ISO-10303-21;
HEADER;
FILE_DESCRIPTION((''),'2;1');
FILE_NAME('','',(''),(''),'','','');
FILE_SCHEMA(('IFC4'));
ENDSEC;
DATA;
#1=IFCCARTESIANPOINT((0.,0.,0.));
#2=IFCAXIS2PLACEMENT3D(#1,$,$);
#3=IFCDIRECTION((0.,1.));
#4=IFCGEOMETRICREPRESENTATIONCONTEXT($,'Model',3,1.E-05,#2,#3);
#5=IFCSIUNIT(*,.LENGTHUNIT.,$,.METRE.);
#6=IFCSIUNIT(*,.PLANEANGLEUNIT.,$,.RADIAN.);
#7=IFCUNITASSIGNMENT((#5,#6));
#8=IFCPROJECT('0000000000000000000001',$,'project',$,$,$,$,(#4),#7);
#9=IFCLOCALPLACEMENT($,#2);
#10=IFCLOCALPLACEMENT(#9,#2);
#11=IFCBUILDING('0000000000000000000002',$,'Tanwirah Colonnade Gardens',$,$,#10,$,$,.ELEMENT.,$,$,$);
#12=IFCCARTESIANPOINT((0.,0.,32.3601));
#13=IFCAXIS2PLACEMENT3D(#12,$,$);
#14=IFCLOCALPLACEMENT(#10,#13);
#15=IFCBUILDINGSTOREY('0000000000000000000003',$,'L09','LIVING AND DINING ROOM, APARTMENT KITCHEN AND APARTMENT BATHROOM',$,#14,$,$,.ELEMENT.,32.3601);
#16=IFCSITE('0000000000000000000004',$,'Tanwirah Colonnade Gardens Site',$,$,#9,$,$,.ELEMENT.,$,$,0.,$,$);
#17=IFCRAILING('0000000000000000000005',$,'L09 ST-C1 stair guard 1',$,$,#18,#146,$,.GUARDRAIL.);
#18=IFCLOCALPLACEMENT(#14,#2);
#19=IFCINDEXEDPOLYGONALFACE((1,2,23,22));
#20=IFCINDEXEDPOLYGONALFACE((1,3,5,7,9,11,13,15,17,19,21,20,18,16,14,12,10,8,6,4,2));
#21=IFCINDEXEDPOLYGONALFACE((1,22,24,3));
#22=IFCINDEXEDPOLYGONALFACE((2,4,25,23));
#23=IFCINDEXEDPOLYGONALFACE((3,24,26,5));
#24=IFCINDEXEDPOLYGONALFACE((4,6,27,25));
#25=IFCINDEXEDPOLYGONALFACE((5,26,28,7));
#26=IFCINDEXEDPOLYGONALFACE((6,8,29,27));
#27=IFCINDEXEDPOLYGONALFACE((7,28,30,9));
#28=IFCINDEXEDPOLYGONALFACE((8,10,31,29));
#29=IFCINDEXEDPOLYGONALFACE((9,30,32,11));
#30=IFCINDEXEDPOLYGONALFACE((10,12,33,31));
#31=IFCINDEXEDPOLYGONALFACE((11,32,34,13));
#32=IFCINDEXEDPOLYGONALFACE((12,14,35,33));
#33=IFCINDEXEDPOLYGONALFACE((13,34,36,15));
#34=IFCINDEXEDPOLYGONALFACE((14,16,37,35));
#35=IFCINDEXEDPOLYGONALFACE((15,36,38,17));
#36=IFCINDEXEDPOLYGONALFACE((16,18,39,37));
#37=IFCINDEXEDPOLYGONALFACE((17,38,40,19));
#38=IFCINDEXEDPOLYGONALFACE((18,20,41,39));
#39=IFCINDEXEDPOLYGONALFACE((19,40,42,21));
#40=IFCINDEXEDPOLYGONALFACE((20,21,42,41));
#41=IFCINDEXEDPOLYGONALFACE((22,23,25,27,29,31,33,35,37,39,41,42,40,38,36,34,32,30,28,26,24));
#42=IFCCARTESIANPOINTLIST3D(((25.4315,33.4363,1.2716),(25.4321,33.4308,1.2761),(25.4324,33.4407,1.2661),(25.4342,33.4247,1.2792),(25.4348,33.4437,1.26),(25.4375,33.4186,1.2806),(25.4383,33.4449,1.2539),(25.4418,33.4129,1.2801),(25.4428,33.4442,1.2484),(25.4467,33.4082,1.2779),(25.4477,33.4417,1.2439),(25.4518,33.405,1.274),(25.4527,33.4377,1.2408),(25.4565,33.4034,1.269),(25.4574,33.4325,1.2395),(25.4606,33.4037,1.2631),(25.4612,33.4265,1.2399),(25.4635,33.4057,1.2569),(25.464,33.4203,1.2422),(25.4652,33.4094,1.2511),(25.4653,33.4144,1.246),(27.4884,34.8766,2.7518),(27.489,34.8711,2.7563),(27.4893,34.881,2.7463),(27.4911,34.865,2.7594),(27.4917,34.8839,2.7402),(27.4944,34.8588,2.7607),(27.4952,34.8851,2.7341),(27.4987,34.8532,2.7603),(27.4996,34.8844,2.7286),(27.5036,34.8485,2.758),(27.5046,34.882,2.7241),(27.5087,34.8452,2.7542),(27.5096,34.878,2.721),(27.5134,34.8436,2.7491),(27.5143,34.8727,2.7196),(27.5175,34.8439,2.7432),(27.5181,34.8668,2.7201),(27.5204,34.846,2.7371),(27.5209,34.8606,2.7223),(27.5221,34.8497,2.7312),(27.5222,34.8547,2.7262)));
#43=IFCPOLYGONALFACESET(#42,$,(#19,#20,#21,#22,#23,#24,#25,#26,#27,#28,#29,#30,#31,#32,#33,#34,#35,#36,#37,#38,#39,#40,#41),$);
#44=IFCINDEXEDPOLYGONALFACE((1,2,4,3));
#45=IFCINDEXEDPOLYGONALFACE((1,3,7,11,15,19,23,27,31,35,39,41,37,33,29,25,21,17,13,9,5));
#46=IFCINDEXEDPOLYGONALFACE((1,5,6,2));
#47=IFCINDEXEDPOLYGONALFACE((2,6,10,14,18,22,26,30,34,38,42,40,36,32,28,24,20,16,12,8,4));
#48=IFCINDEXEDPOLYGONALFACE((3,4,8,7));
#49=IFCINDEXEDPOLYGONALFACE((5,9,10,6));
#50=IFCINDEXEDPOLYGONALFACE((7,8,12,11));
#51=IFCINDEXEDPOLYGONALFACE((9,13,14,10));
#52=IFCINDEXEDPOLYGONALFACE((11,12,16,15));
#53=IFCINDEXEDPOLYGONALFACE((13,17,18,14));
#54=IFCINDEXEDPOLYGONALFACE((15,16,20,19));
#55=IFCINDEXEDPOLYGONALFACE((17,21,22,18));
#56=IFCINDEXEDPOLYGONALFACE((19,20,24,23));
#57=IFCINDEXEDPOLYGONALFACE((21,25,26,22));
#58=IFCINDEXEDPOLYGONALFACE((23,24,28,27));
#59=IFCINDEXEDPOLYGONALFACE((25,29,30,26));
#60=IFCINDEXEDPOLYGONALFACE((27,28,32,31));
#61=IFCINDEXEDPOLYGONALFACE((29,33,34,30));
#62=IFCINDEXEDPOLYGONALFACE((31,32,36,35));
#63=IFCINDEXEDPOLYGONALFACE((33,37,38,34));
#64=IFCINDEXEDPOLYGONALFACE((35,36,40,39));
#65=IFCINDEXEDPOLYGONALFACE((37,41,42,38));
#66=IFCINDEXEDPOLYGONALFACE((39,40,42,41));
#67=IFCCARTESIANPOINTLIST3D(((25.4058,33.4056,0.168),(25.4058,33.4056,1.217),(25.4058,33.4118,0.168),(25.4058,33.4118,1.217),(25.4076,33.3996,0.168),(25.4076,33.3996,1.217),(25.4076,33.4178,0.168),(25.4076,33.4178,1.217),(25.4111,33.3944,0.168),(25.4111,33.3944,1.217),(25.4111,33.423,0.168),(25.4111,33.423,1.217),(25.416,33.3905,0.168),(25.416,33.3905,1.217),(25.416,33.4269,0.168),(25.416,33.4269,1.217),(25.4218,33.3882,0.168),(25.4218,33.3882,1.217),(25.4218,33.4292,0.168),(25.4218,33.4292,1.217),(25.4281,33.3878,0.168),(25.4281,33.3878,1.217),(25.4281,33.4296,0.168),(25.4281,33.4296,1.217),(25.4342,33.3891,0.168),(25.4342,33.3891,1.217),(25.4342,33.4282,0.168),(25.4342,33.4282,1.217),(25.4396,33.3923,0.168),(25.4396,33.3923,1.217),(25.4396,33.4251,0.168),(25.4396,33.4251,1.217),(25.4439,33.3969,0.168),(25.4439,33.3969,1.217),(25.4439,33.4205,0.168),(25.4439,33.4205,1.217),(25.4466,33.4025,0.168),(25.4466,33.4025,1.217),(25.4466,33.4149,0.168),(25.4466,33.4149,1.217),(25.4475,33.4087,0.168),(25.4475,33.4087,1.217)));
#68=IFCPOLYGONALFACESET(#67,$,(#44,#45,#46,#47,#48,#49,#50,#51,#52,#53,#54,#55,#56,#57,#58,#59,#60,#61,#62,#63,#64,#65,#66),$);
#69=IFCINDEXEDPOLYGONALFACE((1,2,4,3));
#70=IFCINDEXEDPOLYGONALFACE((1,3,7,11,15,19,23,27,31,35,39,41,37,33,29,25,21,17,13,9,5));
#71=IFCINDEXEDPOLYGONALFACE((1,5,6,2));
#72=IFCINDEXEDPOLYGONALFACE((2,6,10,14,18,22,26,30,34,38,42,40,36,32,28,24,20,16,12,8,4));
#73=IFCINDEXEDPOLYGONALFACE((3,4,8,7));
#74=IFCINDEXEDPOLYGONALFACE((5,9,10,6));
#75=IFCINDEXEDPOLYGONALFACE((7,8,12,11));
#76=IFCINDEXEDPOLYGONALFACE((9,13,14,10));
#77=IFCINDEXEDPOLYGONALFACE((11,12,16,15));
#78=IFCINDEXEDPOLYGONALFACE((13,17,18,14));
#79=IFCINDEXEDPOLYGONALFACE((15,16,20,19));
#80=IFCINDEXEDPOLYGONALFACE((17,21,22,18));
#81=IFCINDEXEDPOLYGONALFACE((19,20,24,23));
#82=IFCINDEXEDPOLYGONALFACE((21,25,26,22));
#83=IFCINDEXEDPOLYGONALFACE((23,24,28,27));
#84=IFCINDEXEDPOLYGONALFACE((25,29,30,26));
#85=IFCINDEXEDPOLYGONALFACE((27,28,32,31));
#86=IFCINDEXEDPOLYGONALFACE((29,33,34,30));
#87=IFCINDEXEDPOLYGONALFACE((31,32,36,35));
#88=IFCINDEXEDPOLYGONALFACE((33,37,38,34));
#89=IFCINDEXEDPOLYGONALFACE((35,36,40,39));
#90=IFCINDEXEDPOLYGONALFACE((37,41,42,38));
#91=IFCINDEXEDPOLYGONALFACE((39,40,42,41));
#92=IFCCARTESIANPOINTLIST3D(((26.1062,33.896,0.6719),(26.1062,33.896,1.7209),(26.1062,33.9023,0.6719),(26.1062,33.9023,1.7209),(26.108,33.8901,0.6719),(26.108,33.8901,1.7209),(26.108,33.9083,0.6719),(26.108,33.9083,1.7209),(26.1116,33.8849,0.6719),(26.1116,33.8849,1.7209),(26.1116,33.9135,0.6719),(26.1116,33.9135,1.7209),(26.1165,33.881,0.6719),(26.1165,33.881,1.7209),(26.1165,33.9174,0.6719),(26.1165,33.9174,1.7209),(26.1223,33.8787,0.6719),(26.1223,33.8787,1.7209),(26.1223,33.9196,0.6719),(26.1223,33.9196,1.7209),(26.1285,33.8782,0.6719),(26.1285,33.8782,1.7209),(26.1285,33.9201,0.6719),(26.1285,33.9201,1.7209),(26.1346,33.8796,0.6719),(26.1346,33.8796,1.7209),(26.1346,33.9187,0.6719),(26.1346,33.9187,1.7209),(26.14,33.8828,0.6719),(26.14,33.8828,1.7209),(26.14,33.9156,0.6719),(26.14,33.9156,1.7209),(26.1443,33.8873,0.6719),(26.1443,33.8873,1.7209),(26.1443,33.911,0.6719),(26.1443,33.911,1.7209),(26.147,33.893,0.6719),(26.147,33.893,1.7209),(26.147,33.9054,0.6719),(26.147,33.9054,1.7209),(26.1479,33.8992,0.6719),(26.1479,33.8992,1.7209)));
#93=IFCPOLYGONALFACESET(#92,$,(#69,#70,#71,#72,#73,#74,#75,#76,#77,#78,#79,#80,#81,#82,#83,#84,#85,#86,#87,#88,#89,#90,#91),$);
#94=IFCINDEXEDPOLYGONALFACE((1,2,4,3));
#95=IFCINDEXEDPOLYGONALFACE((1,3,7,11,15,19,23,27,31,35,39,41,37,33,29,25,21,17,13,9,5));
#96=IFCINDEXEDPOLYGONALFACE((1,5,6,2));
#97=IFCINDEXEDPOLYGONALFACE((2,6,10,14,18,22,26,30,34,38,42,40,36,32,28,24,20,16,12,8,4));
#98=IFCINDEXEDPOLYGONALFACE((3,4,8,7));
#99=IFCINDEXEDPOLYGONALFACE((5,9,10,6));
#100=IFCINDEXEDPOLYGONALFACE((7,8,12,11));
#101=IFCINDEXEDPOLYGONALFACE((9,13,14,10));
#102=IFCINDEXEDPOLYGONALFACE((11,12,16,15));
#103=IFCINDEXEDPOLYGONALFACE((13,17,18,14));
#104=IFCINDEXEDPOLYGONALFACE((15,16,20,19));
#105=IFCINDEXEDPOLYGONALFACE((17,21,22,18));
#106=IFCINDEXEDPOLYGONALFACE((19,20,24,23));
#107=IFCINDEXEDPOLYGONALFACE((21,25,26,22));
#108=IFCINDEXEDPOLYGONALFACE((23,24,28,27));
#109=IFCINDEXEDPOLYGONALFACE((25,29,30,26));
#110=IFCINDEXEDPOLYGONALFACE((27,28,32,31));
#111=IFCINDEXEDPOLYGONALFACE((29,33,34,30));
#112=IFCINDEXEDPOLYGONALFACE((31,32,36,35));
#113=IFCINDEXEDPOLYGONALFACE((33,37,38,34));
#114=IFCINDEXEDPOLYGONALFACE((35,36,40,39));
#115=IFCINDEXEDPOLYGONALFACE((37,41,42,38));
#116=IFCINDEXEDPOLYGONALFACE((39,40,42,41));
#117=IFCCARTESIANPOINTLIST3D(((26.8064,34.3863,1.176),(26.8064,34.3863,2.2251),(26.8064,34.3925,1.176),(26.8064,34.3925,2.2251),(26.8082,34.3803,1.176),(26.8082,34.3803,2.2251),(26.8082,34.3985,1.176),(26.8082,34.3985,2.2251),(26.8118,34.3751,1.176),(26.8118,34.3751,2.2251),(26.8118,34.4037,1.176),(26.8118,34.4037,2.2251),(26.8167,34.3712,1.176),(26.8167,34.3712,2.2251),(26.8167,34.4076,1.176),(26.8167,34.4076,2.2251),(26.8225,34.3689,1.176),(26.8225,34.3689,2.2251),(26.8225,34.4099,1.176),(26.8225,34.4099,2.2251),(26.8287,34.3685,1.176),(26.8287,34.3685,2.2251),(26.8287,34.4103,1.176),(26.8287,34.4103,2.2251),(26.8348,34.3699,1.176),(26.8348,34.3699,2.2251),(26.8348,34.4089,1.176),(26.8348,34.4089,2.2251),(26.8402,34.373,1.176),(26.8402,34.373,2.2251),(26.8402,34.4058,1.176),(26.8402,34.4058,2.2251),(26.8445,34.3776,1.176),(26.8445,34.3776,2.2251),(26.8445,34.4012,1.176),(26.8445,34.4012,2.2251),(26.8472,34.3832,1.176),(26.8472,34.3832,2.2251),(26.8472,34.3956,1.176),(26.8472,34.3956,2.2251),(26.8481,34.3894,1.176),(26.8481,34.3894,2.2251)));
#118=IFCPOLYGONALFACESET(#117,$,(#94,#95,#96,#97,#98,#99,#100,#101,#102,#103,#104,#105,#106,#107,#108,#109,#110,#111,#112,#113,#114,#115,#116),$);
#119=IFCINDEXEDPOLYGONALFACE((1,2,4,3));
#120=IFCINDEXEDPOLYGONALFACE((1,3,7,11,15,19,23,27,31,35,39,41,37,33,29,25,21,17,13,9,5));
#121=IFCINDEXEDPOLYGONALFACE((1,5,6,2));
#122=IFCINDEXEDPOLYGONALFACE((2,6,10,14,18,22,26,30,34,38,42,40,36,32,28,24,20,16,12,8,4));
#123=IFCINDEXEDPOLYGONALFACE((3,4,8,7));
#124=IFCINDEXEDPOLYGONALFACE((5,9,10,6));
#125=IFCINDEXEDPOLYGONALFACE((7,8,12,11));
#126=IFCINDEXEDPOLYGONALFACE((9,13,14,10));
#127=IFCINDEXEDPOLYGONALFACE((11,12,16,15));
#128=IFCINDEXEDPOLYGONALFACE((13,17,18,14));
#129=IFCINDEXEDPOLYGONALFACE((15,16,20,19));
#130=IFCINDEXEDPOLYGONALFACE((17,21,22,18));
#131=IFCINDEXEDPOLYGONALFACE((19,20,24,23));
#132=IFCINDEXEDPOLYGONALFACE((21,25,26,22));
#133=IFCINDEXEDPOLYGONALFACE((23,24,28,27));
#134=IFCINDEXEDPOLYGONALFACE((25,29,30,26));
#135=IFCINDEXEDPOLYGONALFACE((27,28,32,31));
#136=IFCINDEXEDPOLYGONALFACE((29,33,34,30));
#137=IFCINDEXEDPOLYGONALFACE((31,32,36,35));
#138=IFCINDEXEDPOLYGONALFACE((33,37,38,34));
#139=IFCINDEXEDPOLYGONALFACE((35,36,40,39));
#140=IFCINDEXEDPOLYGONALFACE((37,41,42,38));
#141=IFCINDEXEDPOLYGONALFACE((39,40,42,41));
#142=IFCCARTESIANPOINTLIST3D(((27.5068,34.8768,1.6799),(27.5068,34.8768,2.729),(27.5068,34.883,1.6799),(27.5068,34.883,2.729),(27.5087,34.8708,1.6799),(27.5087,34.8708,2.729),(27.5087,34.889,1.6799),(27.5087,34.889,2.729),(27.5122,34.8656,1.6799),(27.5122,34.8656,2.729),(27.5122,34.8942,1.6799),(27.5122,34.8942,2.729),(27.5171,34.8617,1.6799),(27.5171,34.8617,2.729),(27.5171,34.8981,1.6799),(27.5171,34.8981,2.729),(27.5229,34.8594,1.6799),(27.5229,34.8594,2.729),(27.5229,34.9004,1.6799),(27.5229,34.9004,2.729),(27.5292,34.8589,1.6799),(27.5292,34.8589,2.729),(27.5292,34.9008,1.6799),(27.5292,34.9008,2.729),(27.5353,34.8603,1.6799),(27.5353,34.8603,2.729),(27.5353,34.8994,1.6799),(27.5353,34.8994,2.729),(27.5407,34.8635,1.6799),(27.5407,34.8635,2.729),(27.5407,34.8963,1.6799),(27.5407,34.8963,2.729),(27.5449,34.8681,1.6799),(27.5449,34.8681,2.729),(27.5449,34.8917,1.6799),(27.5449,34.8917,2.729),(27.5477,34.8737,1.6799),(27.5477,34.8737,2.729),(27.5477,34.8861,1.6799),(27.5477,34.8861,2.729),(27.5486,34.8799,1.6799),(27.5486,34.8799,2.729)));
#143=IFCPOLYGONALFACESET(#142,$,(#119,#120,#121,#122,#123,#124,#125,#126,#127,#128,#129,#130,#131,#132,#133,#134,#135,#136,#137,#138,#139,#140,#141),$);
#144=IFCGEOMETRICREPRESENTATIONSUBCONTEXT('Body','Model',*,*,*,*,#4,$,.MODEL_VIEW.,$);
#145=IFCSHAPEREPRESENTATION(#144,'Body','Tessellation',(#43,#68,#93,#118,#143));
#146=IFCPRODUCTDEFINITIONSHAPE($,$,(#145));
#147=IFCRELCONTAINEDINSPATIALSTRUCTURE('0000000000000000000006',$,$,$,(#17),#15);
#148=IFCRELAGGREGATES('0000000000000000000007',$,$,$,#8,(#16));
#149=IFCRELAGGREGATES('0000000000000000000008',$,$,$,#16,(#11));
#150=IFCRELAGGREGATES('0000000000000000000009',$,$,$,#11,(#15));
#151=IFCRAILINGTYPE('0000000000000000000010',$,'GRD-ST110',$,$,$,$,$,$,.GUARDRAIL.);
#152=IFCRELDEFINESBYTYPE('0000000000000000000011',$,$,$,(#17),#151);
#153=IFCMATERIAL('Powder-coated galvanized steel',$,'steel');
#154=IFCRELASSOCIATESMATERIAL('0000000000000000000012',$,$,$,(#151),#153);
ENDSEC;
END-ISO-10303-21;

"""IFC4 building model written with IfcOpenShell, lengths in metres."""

from ifc_helpers import new_model, si_unit, direction, frame, origin, origin_2d, place, context, subcontext, project, spatial, circle, extrude, material, type_object, element, save


model = new_model("IFC4")

# Units and contexts
model_context = context("Model", 3, precision=1e-05, world=origin(), true_north=direction((0.0, 1.0)))
body_context = subcontext(model_context, "Body", "Model", "MODEL_VIEW")
ifc_project = project(units=[si_unit("LENGTHUNIT", "METRE"), si_unit("PLANEANGLEUNIT", "RADIAN")], contexts=[model_context])

# Site, building, storey
site_placement = place(None, origin())
site = spatial("IfcSite", under=ifc_project, at=site_placement, Name="Tanwirah Colonnade Gardens Site", CompositionType="ELEMENT", RefElevation=0.0)
building_placement = place(site_placement, origin())
building = spatial("IfcBuilding", under=site, at=building_placement, Name="Tanwirah Colonnade Gardens", CompositionType="ELEMENT")
storey_placement = place(building_placement, frame((0.0, 0.0, 32.3601)))
storey = spatial("IfcBuildingStorey", under=building, at=storey_placement, Name="L09", Description="LIVING AND DINING ROOM, APARTMENT KITCHEN AND APARTMENT BATHROOM", CompositionType="ELEMENT", Elevation=32.3601)

# Railing
ifc_material_1 = material(Name="Powder-coated galvanized steel", Category="steel")
railing_type_1 = type_object("IfcRailingType", Name="GRD-ST110", PredefinedType="GUARDRAIL", material=ifc_material_1)
railing_1_placement = place(storey_placement, frame((25.4265, 33.4087, 0.168)))
element("IfcRailing", 1, at=railing_1_placement, inside=storey, type_object=railing_type_1, Name="L09 ST-C1 stair guard 1", PredefinedType="GUARDRAIL", context=body_context, shape_type="SweptSolid", body=[
    extrude(circle(Radius=0.0239, at=origin_2d()), frame((0.022, 0.0154, 1.092), z_axis=(0.705673, 0.494118, 0.507812), x_axis=(-0.573577, 0.819151, 0.0)), (0.0, 0.0, 1.0), 2.9148),
    extrude(circle(Radius=0.021, at=origin_2d()), origin(), (0.0, 0.0, 1.0), 1.0491),
    extrude(circle(Radius=0.021, at=origin_2d()), frame((0.7004, 0.4905, 0.5039)), (0.0, 0.0, 1.0), 1.0491),
    extrude(circle(Radius=0.021, at=origin_2d()), frame((1.4006, 0.9807, 1.0081)), (0.0, 0.0, 1.0), 1.0491),
    extrude(circle(Radius=0.021, at=origin_2d()), frame((2.1011, 1.4712, 1.512)), (0.0, 0.0, 1.0), 1.0491),
])

save(model, "model.ifc")
